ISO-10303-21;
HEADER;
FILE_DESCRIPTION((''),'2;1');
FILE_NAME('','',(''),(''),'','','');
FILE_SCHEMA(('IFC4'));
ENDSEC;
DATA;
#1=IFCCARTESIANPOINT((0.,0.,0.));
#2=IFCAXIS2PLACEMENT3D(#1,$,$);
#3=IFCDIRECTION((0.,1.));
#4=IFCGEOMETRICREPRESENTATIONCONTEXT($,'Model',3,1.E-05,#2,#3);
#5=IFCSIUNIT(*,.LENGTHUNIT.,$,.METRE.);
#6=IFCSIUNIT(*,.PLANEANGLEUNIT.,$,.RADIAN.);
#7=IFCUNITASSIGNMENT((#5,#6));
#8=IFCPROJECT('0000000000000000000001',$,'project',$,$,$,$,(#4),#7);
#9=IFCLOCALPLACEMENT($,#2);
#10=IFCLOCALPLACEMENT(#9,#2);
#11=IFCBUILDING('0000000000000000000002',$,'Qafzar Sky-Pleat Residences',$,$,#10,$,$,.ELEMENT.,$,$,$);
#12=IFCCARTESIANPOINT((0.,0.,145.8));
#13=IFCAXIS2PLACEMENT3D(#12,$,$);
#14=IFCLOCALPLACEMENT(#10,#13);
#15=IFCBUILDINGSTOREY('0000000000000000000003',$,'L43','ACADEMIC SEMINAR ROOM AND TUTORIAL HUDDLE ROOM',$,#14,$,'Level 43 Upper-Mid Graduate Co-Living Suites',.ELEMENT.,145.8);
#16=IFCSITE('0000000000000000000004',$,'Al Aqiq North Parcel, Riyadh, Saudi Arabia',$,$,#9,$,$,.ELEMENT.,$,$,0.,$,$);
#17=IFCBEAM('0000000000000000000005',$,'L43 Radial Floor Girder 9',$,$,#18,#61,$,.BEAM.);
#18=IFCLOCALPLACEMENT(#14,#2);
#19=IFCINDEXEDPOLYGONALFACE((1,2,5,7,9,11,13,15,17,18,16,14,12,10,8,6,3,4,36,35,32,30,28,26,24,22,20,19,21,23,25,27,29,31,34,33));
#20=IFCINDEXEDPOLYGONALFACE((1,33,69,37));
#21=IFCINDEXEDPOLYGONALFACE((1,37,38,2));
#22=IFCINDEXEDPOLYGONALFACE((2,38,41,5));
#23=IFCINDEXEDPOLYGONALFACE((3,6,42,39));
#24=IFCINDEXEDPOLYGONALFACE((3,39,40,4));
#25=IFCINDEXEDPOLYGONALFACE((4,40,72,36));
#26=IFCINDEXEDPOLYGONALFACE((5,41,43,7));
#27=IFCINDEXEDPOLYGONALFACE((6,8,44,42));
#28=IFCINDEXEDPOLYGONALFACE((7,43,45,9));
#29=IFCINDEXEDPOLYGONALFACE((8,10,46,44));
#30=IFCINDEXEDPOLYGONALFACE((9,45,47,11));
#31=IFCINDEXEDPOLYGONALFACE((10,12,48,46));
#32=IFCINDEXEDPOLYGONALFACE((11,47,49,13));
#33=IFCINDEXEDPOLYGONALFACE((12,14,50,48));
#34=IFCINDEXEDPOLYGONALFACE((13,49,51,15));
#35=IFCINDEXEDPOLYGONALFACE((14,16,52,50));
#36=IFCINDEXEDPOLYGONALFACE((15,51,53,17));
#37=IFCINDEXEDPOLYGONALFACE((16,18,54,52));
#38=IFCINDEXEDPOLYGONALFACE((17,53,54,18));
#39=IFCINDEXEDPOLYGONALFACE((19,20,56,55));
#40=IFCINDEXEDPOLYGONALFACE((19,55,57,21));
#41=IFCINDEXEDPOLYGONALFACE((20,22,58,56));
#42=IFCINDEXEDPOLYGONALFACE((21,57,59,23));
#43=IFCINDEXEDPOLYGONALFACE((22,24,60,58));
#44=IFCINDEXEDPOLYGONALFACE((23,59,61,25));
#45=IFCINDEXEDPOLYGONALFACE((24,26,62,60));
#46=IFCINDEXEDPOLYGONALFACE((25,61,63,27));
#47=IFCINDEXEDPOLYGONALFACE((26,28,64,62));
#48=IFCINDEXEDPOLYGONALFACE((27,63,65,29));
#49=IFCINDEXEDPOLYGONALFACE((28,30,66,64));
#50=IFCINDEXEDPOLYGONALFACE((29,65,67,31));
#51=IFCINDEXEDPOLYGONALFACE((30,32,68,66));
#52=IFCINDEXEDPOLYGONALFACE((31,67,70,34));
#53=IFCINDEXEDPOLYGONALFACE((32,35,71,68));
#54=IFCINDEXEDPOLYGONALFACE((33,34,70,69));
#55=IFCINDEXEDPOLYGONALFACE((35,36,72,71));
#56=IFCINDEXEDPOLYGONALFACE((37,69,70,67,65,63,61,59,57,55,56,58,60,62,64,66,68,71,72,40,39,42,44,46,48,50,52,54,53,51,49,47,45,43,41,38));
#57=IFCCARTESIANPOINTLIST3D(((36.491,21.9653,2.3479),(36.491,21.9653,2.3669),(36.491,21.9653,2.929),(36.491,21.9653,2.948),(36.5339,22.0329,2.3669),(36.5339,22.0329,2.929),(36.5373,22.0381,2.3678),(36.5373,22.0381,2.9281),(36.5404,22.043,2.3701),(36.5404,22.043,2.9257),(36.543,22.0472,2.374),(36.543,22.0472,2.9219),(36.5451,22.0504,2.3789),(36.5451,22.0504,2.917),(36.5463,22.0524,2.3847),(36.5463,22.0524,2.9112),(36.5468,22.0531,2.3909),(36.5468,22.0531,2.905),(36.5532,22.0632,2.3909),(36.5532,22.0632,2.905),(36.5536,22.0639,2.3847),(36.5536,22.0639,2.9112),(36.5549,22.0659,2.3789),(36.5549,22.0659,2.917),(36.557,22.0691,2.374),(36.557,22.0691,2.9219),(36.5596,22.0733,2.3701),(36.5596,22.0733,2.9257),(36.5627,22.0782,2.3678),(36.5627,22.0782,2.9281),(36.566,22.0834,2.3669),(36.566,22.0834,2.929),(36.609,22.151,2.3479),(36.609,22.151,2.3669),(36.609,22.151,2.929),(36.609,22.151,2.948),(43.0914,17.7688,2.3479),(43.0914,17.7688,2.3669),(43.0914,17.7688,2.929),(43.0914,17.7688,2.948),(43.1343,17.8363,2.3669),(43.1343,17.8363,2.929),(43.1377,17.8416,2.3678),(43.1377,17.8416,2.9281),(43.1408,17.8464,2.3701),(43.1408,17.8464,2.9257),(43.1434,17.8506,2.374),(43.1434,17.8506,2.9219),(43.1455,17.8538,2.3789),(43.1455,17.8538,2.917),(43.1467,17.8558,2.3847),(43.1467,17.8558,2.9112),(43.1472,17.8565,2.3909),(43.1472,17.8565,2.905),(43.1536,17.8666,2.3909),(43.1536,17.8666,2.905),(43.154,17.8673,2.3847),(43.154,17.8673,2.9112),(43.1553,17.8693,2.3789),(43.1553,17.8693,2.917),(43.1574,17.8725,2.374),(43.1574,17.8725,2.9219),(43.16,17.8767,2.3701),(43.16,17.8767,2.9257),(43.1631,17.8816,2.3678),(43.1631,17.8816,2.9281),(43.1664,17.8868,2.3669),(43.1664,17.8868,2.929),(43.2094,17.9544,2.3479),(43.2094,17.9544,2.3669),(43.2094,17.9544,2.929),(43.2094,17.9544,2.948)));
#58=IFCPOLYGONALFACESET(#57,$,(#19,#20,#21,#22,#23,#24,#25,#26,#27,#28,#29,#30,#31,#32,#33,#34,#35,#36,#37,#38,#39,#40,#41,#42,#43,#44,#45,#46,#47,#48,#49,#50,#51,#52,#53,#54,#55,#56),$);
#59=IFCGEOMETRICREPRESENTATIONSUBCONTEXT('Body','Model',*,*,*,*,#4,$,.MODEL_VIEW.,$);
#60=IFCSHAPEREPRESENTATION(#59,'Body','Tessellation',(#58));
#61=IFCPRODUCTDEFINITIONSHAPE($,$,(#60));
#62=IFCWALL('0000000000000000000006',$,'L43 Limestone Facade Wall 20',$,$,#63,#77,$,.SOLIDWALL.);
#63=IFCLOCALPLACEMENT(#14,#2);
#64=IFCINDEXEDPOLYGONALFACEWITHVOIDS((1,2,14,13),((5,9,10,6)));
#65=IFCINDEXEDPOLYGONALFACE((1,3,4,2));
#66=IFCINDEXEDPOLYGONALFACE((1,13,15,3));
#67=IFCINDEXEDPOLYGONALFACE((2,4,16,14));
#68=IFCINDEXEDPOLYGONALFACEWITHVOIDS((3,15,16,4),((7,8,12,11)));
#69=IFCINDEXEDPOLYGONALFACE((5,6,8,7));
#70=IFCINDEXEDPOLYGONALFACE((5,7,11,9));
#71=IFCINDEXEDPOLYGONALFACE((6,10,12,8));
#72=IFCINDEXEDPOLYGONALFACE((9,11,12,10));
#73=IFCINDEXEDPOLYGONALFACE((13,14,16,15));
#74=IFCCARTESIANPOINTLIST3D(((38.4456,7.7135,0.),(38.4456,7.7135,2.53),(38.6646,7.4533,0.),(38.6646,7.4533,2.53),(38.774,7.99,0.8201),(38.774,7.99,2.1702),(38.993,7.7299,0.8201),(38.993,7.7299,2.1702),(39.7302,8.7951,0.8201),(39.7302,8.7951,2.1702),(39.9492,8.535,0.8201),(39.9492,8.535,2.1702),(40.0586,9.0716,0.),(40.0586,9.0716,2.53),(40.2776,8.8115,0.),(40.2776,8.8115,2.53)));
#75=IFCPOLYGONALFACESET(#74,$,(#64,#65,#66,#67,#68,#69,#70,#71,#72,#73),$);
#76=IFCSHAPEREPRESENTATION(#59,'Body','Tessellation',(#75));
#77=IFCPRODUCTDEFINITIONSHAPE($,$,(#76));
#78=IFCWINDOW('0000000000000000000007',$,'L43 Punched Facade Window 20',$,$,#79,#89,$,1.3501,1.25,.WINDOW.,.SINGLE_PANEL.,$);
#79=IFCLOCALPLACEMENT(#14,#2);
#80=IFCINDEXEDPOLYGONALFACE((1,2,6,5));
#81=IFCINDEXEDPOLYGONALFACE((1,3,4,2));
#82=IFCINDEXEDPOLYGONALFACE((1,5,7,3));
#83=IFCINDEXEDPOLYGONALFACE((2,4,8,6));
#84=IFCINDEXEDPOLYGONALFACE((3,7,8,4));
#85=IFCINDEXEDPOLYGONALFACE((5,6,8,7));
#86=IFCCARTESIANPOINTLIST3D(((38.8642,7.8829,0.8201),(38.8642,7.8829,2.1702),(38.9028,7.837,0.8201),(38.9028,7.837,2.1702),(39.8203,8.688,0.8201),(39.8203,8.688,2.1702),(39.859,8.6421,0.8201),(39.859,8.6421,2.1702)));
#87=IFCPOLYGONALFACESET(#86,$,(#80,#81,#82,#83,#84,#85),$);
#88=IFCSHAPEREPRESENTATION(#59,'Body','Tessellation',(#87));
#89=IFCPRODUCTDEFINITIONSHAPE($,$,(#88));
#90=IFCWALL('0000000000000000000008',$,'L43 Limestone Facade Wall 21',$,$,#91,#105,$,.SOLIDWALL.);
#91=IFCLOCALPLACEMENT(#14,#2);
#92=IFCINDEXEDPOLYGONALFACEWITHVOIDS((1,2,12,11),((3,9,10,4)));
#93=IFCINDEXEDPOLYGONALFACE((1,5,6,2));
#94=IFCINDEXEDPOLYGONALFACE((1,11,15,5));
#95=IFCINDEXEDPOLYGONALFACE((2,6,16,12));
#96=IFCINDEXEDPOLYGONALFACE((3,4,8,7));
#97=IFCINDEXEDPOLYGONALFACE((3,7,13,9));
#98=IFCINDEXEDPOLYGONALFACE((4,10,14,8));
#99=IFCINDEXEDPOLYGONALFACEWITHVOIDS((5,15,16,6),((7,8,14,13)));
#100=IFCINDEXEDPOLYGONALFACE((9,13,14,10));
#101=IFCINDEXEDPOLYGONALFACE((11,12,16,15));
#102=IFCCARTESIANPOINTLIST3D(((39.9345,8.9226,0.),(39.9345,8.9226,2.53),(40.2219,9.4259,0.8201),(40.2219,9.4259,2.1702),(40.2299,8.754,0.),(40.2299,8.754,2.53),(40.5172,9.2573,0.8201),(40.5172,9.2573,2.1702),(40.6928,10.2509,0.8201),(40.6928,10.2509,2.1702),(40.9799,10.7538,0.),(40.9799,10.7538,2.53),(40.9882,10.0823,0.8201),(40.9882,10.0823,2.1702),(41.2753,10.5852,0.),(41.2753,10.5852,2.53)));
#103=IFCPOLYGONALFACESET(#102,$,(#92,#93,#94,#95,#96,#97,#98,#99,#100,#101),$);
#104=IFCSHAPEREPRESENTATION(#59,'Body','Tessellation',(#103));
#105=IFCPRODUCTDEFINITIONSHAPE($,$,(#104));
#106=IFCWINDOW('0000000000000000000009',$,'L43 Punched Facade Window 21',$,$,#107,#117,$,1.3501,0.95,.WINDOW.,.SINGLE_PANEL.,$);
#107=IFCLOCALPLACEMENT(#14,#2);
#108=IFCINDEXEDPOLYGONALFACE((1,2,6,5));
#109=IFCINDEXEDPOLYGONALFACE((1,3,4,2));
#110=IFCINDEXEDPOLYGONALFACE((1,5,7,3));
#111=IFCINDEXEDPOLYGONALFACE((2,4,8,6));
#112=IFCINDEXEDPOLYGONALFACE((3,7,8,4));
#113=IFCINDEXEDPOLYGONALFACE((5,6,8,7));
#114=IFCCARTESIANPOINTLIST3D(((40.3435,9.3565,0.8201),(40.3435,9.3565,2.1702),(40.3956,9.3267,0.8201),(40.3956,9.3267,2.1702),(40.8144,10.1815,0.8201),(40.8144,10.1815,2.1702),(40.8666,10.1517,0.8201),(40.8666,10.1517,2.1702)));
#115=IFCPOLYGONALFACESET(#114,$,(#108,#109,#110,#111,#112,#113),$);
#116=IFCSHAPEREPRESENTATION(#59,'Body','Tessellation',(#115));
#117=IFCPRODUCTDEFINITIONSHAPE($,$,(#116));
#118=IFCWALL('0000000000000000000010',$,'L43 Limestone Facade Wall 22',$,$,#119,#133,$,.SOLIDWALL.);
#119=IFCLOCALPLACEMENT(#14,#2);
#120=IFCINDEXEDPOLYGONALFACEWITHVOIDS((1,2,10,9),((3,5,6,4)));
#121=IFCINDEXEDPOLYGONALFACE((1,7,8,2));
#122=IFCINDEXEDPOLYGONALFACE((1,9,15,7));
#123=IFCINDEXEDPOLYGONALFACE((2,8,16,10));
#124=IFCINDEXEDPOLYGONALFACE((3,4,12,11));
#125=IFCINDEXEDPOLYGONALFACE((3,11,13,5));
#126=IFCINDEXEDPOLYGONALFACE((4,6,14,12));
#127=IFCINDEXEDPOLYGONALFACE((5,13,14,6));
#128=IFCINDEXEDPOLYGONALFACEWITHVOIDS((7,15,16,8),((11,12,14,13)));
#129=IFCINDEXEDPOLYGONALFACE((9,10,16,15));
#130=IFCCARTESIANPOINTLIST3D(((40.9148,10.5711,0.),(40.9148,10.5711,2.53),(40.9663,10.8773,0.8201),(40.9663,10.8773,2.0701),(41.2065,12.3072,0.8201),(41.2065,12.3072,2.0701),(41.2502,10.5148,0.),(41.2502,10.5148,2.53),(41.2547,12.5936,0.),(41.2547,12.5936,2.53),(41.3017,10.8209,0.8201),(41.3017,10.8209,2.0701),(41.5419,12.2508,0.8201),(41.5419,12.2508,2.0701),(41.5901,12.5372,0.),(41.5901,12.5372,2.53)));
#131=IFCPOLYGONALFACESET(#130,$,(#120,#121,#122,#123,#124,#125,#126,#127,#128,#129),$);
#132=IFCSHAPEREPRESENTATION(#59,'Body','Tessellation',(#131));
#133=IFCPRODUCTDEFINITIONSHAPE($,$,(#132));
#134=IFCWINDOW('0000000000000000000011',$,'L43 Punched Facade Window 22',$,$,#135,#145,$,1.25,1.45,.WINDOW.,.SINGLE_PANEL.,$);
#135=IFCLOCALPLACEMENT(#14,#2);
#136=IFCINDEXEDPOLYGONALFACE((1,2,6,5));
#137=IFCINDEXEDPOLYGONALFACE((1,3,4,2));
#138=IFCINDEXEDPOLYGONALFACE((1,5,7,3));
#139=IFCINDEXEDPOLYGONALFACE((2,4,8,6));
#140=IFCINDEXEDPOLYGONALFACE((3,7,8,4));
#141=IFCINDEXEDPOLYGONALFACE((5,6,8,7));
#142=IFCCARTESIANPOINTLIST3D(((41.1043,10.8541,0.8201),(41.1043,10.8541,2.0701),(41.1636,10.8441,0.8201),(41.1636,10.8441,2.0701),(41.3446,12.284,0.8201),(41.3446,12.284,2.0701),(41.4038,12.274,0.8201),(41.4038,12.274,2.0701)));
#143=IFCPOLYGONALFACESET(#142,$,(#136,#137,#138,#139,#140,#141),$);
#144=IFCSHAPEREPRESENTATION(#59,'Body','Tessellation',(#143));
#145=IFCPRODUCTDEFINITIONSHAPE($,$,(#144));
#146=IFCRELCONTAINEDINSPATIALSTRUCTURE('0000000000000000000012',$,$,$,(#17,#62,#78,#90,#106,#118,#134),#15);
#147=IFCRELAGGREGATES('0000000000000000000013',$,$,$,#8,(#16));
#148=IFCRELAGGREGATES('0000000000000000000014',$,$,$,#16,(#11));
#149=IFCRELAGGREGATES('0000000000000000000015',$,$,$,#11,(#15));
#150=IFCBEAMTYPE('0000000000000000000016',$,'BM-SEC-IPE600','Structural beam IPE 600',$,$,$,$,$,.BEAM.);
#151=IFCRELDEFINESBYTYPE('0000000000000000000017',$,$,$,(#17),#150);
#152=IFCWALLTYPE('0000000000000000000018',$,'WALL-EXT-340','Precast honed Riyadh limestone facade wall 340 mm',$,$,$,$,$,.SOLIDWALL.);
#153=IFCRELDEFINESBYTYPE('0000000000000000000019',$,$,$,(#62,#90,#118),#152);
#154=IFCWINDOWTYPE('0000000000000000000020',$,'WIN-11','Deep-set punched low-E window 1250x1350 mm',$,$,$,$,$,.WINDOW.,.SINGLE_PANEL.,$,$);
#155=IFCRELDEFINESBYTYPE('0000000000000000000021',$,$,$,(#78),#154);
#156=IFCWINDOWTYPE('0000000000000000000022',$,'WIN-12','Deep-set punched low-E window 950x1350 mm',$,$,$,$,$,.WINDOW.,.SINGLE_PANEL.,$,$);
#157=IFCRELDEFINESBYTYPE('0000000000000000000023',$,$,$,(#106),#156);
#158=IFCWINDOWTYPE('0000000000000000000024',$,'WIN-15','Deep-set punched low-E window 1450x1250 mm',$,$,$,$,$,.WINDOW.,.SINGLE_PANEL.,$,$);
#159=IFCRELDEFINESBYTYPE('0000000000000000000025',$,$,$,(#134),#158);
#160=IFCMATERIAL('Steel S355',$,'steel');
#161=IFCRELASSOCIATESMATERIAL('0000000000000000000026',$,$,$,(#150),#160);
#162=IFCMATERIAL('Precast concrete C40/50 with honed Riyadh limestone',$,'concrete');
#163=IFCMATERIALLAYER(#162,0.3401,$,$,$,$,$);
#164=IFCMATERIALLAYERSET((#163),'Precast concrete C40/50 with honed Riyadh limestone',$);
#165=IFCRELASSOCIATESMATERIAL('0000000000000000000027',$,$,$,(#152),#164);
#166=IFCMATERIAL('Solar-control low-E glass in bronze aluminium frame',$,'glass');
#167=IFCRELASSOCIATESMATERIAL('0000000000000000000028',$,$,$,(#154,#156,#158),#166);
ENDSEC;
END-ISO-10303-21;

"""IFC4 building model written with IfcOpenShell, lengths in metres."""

from ifc_helpers import new_model, si_unit, direction, frame, frame_2d, origin, origin_2d, place, context, subcontext, project, spatial, rectangle, i_section, extrude, source, transform, mapped, material, layer, layer_set, material_profile, profile_set, type_object, element, fill, save


model = new_model("IFC4")

# Units and contexts
model_context = context("Model", 3, precision=1e-05, world=origin(), true_north=direction((0.0, 1.0)))
body_context = subcontext(model_context, "Body", "Model", "MODEL_VIEW")
ifc_project = project(units=[si_unit("LENGTHUNIT", "METRE"), si_unit("PLANEANGLEUNIT", "RADIAN")], contexts=[model_context])

# Site, building, storey
site_placement = place(None, origin())
site = spatial("IfcSite", under=ifc_project, at=site_placement, Name="Al Aqiq North Parcel, Riyadh, Saudi Arabia", CompositionType="ELEMENT", RefElevation=0.0)
building_placement = place(site_placement, origin())
building = spatial("IfcBuilding", under=site, at=building_placement, Name="Qafzar Sky-Pleat Residences", CompositionType="ELEMENT")
storey_placement = place(building_placement, frame((0.0, 0.0, 145.8)))
storey = spatial("IfcBuildingStorey", under=building, at=storey_placement, Name="L43", Description="ACADEMIC SEMINAR ROOM AND TUTORIAL HUDDLE ROOM", LongName="Level 43 Upper-Mid Graduate Co-Living Suites", CompositionType="ELEMENT", Elevation=145.8)

# Shared definitions
ifc_material_1 = material(Name="Steel S355", Category="steel")

# Beam
ifc_material_profile_1 = material_profile(ifc_material_1, i_section(OverallWidth=0.22, OverallDepth=0.6001, WebThickness=0.012, FlangeThickness=0.019, FilletRadius=0.0239, at=origin_2d()), Name="IPE 600")
ifc_profile_set_1 = profile_set([ifc_material_profile_1], Name="Steel S355")
beam_type_1 = type_object("IfcBeamType", Name="BM-SEC-IPE600", Description="Structural beam IPE 600", PredefinedType="BEAM", material=ifc_profile_set_1)
shared_shape_1 = source(origin(), body_context, "Body", "SweptSolid", [
    extrude(i_section(OverallWidth=0.22, OverallDepth=0.6001, WebThickness=0.012, FlangeThickness=0.019, FilletRadius=0.0239, at=origin_2d()), origin(), (0.0, 0.0, 1.0), 7.8215),
])
beam_1_placement = place(storey_placement, frame((43.1504, 17.8616, 2.6479), z_axis=(-0.843875, 0.53654, 0.0), x_axis=(-0.53654, -0.843875, 0.0)))
element("IfcBeam", 1, at=beam_1_placement, inside=storey, type_object=beam_type_1, Name="L43 Radial Floor Girder 9", PredefinedType="BEAM", context=body_context, shape_type="MappedRepresentation", body=[
    mapped(shared_shape_1, transform((0.0, 0.0, 0.0), x_axis=(1.0, 0.0, 0.0), y_axis=(0.0, 1.0, 0.0), z_axis=(0.0, 0.0, 1.0), scale=1.0)),
])

# Walls, openings, windows
ifc_material_2 = material(Name="Precast concrete C40/50 with honed Riyadh limestone", Category="concrete")
ifc_layer_1 = layer(ifc_material_2, 0.3401)
ifc_layer_set_1 = layer_set([ifc_layer_1], Name="Precast concrete C40/50 with honed Riyadh limestone")
wall_type = type_object("IfcWallType", Name="WALL-EXT-340", Description="Precast honed Riyadh limestone facade wall 340 mm", PredefinedType="SOLIDWALL", material=ifc_layer_set_1)
wall_1_placement = place(storey_placement, frame((38.5552, 7.5835, 0.0), z_axis=(0.0, 0.0, 1.0), x_axis=(0.764956, 0.644082, 0.0)))
wall_1 = element("IfcWall", 2, at=wall_1_placement, inside=storey, type_object=wall_type, Name="L43 Limestone Facade Wall 20", PredefinedType="SOLIDWALL", context=body_context, shape_type="SweptSolid", body=[
    extrude(rectangle(XDim=2.1086, YDim=0.3401, at=frame_2d((1.0542, 0.0))), origin(), (0.0, 0.0, 1.0), 2.53),
])
opening_1_placement = place(wall_1_placement, frame((0.4292, 0.0, 0.8201)))
opening_1 = element("IfcOpeningElement", 3, at=opening_1_placement, cuts=wall_1, PredefinedType="OPENING", context=body_context, shape_type="SweptSolid", body=[
    extrude(rectangle(XDim=1.25, YDim=1.3501, at=frame_2d((0.625, 0.675))), frame((0.0, 0.1802, 0.0), z_axis=(0.0, -1.0, 0.0), x_axis=(1.0, 0.0, 0.0)), (0.0, 0.0, 1.0), 0.3601),
])
ifc_material_3 = material(Name="Solar-control low-E glass in bronze aluminium frame", Category="glass")
window_type_1 = type_object("IfcWindowType", Name="WIN-11", Description="Deep-set punched low-E window 1250x1350 mm", PartitioningType="SINGLE_PANEL", PredefinedType="WINDOW", material=ifc_material_3)
shared_shape_2 = source(origin(), body_context, "Body", "SweptSolid", [
    extrude(rectangle(XDim=1.25, YDim=1.3501, at=frame_2d((0.625, 0.675))), frame((0.0, 0.03, 0.0), z_axis=(0.0, -1.0, 0.0), x_axis=(1.0, 0.0, 0.0)), (0.0, 0.0, 1.0), 0.0601),
])
window_1_placement = place(opening_1_placement, origin())
window_1 = element("IfcWindow", 4, at=window_1_placement, inside=storey, type_object=window_type_1, Name="L43 Punched Facade Window 20", OverallHeight=1.3501, OverallWidth=1.25, PartitioningType="SINGLE_PANEL", PredefinedType="WINDOW", context=body_context, shape_type="MappedRepresentation", body=[
    mapped(shared_shape_2, transform((0.0, 0.0, 0.0), x_axis=(1.0, 0.0, 0.0), y_axis=(0.0, 1.0, 0.0), z_axis=(0.0, 0.0, 1.0), scale=1.0)),
])
fill(opening_1, window_1)
wall_2_placement = place(storey_placement, frame((40.0823, 8.8384, 0.0), z_axis=(0.0, 0.0, 1.0), x_axis=(0.495765, 0.868457, 0.0)))
wall_2 = element("IfcWall", 5, at=wall_2_placement, inside=storey, type_object=wall_type, Name="L43 Limestone Facade Wall 21", PredefinedType="SOLIDWALL", context=body_context, shape_type="SweptSolid", body=[
    extrude(rectangle(XDim=2.1086, YDim=0.3401, at=frame_2d((1.0542, 0.0))), origin(), (0.0, 0.0, 1.0), 2.53),
])
opening_2_placement = place(wall_2_placement, frame((0.5793, 0.0, 0.8201)))
opening_2 = element("IfcOpeningElement", 6, at=opening_2_placement, cuts=wall_2, PredefinedType="OPENING", context=body_context, shape_type="SweptSolid", body=[
    extrude(rectangle(XDim=0.95, YDim=1.3501, at=frame_2d((0.4751, 0.675))), frame((0.0, 0.1802, 0.0), z_axis=(0.0, -1.0, 0.0), x_axis=(1.0, 0.0, 0.0)), (0.0, 0.0, 1.0), 0.3601),
])
window_type_2 = type_object("IfcWindowType", Name="WIN-12", Description="Deep-set punched low-E window 950x1350 mm", PartitioningType="SINGLE_PANEL", PredefinedType="WINDOW", material=ifc_material_3)
shared_shape_3 = source(origin(), body_context, "Body", "SweptSolid", [
    extrude(rectangle(XDim=0.95, YDim=1.3501, at=frame_2d((0.4751, 0.675))), frame((0.0, 0.03, 0.0), z_axis=(0.0, -1.0, 0.0), x_axis=(1.0, 0.0, 0.0)), (0.0, 0.0, 1.0), 0.0601),
])
window_2_placement = place(opening_2_placement, origin())
window_2 = element("IfcWindow", 7, at=window_2_placement, inside=storey, type_object=window_type_2, Name="L43 Punched Facade Window 21", OverallHeight=1.3501, OverallWidth=0.95, PartitioningType="SINGLE_PANEL", PredefinedType="WINDOW", context=body_context, shape_type="MappedRepresentation", body=[
    mapped(shared_shape_3, transform((0.0, 0.0, 0.0), x_axis=(1.0, 0.0, 0.0), y_axis=(0.0, 1.0, 0.0), z_axis=(0.0, 0.0, 1.0), scale=1.0)),
])
fill(opening_2, window_2)
wall_3_placement = place(storey_placement, frame((41.0825, 10.543, 0.0), z_axis=(0.0, 0.0, 1.0), x_axis=(0.165712, 0.986174, 0.0)))
wall_3 = element("IfcWall", 8, at=wall_3_placement, inside=storey, type_object=wall_type, Name="L43 Limestone Facade Wall 22", PredefinedType="SOLIDWALL", context=body_context, shape_type="SweptSolid", body=[
    extrude(rectangle(XDim=2.0508, YDim=0.3401, at=frame_2d((1.0254, 0.0))), origin(), (0.0, 0.0, 1.0), 2.53),
])
opening_3_placement = place(wall_3_placement, frame((0.3103, 0.0, 0.8201)))
opening_3 = element("IfcOpeningElement", 9, at=opening_3_placement, cuts=wall_3, PredefinedType="OPENING", context=body_context, shape_type="SweptSolid", body=[
    extrude(rectangle(XDim=1.45, YDim=1.25, at=frame_2d((0.7251, 0.625))), frame((0.0, 0.1802, 0.0), z_axis=(0.0, -1.0, 0.0), x_axis=(1.0, 0.0, 0.0)), (0.0, 0.0, 1.0), 0.3601),
])
window_type_3 = type_object("IfcWindowType", Name="WIN-15", Description="Deep-set punched low-E window 1450x1250 mm", PartitioningType="SINGLE_PANEL", PredefinedType="WINDOW", material=ifc_material_3)
shared_shape_4 = source(origin(), body_context, "Body", "SweptSolid", [
    extrude(rectangle(XDim=1.45, YDim=1.25, at=frame_2d((0.7251, 0.625))), frame((0.0, 0.03, 0.0), z_axis=(0.0, -1.0, 0.0), x_axis=(1.0, 0.0, 0.0)), (0.0, 0.0, 1.0), 0.0601),
])
window_3_placement = place(opening_3_placement, origin())
window_3 = element("IfcWindow", 10, at=window_3_placement, inside=storey, type_object=window_type_3, Name="L43 Punched Facade Window 22", OverallHeight=1.25, OverallWidth=1.45, PartitioningType="SINGLE_PANEL", PredefinedType="WINDOW", context=body_context, shape_type="MappedRepresentation", body=[
    mapped(shared_shape_4, transform((0.0, 0.0, 0.0), x_axis=(1.0, 0.0, 0.0), y_axis=(0.0, 1.0, 0.0), z_axis=(0.0, 0.0, 1.0), scale=1.0)),
])
fill(opening_3, window_3)

save(model, "model.ifc")
